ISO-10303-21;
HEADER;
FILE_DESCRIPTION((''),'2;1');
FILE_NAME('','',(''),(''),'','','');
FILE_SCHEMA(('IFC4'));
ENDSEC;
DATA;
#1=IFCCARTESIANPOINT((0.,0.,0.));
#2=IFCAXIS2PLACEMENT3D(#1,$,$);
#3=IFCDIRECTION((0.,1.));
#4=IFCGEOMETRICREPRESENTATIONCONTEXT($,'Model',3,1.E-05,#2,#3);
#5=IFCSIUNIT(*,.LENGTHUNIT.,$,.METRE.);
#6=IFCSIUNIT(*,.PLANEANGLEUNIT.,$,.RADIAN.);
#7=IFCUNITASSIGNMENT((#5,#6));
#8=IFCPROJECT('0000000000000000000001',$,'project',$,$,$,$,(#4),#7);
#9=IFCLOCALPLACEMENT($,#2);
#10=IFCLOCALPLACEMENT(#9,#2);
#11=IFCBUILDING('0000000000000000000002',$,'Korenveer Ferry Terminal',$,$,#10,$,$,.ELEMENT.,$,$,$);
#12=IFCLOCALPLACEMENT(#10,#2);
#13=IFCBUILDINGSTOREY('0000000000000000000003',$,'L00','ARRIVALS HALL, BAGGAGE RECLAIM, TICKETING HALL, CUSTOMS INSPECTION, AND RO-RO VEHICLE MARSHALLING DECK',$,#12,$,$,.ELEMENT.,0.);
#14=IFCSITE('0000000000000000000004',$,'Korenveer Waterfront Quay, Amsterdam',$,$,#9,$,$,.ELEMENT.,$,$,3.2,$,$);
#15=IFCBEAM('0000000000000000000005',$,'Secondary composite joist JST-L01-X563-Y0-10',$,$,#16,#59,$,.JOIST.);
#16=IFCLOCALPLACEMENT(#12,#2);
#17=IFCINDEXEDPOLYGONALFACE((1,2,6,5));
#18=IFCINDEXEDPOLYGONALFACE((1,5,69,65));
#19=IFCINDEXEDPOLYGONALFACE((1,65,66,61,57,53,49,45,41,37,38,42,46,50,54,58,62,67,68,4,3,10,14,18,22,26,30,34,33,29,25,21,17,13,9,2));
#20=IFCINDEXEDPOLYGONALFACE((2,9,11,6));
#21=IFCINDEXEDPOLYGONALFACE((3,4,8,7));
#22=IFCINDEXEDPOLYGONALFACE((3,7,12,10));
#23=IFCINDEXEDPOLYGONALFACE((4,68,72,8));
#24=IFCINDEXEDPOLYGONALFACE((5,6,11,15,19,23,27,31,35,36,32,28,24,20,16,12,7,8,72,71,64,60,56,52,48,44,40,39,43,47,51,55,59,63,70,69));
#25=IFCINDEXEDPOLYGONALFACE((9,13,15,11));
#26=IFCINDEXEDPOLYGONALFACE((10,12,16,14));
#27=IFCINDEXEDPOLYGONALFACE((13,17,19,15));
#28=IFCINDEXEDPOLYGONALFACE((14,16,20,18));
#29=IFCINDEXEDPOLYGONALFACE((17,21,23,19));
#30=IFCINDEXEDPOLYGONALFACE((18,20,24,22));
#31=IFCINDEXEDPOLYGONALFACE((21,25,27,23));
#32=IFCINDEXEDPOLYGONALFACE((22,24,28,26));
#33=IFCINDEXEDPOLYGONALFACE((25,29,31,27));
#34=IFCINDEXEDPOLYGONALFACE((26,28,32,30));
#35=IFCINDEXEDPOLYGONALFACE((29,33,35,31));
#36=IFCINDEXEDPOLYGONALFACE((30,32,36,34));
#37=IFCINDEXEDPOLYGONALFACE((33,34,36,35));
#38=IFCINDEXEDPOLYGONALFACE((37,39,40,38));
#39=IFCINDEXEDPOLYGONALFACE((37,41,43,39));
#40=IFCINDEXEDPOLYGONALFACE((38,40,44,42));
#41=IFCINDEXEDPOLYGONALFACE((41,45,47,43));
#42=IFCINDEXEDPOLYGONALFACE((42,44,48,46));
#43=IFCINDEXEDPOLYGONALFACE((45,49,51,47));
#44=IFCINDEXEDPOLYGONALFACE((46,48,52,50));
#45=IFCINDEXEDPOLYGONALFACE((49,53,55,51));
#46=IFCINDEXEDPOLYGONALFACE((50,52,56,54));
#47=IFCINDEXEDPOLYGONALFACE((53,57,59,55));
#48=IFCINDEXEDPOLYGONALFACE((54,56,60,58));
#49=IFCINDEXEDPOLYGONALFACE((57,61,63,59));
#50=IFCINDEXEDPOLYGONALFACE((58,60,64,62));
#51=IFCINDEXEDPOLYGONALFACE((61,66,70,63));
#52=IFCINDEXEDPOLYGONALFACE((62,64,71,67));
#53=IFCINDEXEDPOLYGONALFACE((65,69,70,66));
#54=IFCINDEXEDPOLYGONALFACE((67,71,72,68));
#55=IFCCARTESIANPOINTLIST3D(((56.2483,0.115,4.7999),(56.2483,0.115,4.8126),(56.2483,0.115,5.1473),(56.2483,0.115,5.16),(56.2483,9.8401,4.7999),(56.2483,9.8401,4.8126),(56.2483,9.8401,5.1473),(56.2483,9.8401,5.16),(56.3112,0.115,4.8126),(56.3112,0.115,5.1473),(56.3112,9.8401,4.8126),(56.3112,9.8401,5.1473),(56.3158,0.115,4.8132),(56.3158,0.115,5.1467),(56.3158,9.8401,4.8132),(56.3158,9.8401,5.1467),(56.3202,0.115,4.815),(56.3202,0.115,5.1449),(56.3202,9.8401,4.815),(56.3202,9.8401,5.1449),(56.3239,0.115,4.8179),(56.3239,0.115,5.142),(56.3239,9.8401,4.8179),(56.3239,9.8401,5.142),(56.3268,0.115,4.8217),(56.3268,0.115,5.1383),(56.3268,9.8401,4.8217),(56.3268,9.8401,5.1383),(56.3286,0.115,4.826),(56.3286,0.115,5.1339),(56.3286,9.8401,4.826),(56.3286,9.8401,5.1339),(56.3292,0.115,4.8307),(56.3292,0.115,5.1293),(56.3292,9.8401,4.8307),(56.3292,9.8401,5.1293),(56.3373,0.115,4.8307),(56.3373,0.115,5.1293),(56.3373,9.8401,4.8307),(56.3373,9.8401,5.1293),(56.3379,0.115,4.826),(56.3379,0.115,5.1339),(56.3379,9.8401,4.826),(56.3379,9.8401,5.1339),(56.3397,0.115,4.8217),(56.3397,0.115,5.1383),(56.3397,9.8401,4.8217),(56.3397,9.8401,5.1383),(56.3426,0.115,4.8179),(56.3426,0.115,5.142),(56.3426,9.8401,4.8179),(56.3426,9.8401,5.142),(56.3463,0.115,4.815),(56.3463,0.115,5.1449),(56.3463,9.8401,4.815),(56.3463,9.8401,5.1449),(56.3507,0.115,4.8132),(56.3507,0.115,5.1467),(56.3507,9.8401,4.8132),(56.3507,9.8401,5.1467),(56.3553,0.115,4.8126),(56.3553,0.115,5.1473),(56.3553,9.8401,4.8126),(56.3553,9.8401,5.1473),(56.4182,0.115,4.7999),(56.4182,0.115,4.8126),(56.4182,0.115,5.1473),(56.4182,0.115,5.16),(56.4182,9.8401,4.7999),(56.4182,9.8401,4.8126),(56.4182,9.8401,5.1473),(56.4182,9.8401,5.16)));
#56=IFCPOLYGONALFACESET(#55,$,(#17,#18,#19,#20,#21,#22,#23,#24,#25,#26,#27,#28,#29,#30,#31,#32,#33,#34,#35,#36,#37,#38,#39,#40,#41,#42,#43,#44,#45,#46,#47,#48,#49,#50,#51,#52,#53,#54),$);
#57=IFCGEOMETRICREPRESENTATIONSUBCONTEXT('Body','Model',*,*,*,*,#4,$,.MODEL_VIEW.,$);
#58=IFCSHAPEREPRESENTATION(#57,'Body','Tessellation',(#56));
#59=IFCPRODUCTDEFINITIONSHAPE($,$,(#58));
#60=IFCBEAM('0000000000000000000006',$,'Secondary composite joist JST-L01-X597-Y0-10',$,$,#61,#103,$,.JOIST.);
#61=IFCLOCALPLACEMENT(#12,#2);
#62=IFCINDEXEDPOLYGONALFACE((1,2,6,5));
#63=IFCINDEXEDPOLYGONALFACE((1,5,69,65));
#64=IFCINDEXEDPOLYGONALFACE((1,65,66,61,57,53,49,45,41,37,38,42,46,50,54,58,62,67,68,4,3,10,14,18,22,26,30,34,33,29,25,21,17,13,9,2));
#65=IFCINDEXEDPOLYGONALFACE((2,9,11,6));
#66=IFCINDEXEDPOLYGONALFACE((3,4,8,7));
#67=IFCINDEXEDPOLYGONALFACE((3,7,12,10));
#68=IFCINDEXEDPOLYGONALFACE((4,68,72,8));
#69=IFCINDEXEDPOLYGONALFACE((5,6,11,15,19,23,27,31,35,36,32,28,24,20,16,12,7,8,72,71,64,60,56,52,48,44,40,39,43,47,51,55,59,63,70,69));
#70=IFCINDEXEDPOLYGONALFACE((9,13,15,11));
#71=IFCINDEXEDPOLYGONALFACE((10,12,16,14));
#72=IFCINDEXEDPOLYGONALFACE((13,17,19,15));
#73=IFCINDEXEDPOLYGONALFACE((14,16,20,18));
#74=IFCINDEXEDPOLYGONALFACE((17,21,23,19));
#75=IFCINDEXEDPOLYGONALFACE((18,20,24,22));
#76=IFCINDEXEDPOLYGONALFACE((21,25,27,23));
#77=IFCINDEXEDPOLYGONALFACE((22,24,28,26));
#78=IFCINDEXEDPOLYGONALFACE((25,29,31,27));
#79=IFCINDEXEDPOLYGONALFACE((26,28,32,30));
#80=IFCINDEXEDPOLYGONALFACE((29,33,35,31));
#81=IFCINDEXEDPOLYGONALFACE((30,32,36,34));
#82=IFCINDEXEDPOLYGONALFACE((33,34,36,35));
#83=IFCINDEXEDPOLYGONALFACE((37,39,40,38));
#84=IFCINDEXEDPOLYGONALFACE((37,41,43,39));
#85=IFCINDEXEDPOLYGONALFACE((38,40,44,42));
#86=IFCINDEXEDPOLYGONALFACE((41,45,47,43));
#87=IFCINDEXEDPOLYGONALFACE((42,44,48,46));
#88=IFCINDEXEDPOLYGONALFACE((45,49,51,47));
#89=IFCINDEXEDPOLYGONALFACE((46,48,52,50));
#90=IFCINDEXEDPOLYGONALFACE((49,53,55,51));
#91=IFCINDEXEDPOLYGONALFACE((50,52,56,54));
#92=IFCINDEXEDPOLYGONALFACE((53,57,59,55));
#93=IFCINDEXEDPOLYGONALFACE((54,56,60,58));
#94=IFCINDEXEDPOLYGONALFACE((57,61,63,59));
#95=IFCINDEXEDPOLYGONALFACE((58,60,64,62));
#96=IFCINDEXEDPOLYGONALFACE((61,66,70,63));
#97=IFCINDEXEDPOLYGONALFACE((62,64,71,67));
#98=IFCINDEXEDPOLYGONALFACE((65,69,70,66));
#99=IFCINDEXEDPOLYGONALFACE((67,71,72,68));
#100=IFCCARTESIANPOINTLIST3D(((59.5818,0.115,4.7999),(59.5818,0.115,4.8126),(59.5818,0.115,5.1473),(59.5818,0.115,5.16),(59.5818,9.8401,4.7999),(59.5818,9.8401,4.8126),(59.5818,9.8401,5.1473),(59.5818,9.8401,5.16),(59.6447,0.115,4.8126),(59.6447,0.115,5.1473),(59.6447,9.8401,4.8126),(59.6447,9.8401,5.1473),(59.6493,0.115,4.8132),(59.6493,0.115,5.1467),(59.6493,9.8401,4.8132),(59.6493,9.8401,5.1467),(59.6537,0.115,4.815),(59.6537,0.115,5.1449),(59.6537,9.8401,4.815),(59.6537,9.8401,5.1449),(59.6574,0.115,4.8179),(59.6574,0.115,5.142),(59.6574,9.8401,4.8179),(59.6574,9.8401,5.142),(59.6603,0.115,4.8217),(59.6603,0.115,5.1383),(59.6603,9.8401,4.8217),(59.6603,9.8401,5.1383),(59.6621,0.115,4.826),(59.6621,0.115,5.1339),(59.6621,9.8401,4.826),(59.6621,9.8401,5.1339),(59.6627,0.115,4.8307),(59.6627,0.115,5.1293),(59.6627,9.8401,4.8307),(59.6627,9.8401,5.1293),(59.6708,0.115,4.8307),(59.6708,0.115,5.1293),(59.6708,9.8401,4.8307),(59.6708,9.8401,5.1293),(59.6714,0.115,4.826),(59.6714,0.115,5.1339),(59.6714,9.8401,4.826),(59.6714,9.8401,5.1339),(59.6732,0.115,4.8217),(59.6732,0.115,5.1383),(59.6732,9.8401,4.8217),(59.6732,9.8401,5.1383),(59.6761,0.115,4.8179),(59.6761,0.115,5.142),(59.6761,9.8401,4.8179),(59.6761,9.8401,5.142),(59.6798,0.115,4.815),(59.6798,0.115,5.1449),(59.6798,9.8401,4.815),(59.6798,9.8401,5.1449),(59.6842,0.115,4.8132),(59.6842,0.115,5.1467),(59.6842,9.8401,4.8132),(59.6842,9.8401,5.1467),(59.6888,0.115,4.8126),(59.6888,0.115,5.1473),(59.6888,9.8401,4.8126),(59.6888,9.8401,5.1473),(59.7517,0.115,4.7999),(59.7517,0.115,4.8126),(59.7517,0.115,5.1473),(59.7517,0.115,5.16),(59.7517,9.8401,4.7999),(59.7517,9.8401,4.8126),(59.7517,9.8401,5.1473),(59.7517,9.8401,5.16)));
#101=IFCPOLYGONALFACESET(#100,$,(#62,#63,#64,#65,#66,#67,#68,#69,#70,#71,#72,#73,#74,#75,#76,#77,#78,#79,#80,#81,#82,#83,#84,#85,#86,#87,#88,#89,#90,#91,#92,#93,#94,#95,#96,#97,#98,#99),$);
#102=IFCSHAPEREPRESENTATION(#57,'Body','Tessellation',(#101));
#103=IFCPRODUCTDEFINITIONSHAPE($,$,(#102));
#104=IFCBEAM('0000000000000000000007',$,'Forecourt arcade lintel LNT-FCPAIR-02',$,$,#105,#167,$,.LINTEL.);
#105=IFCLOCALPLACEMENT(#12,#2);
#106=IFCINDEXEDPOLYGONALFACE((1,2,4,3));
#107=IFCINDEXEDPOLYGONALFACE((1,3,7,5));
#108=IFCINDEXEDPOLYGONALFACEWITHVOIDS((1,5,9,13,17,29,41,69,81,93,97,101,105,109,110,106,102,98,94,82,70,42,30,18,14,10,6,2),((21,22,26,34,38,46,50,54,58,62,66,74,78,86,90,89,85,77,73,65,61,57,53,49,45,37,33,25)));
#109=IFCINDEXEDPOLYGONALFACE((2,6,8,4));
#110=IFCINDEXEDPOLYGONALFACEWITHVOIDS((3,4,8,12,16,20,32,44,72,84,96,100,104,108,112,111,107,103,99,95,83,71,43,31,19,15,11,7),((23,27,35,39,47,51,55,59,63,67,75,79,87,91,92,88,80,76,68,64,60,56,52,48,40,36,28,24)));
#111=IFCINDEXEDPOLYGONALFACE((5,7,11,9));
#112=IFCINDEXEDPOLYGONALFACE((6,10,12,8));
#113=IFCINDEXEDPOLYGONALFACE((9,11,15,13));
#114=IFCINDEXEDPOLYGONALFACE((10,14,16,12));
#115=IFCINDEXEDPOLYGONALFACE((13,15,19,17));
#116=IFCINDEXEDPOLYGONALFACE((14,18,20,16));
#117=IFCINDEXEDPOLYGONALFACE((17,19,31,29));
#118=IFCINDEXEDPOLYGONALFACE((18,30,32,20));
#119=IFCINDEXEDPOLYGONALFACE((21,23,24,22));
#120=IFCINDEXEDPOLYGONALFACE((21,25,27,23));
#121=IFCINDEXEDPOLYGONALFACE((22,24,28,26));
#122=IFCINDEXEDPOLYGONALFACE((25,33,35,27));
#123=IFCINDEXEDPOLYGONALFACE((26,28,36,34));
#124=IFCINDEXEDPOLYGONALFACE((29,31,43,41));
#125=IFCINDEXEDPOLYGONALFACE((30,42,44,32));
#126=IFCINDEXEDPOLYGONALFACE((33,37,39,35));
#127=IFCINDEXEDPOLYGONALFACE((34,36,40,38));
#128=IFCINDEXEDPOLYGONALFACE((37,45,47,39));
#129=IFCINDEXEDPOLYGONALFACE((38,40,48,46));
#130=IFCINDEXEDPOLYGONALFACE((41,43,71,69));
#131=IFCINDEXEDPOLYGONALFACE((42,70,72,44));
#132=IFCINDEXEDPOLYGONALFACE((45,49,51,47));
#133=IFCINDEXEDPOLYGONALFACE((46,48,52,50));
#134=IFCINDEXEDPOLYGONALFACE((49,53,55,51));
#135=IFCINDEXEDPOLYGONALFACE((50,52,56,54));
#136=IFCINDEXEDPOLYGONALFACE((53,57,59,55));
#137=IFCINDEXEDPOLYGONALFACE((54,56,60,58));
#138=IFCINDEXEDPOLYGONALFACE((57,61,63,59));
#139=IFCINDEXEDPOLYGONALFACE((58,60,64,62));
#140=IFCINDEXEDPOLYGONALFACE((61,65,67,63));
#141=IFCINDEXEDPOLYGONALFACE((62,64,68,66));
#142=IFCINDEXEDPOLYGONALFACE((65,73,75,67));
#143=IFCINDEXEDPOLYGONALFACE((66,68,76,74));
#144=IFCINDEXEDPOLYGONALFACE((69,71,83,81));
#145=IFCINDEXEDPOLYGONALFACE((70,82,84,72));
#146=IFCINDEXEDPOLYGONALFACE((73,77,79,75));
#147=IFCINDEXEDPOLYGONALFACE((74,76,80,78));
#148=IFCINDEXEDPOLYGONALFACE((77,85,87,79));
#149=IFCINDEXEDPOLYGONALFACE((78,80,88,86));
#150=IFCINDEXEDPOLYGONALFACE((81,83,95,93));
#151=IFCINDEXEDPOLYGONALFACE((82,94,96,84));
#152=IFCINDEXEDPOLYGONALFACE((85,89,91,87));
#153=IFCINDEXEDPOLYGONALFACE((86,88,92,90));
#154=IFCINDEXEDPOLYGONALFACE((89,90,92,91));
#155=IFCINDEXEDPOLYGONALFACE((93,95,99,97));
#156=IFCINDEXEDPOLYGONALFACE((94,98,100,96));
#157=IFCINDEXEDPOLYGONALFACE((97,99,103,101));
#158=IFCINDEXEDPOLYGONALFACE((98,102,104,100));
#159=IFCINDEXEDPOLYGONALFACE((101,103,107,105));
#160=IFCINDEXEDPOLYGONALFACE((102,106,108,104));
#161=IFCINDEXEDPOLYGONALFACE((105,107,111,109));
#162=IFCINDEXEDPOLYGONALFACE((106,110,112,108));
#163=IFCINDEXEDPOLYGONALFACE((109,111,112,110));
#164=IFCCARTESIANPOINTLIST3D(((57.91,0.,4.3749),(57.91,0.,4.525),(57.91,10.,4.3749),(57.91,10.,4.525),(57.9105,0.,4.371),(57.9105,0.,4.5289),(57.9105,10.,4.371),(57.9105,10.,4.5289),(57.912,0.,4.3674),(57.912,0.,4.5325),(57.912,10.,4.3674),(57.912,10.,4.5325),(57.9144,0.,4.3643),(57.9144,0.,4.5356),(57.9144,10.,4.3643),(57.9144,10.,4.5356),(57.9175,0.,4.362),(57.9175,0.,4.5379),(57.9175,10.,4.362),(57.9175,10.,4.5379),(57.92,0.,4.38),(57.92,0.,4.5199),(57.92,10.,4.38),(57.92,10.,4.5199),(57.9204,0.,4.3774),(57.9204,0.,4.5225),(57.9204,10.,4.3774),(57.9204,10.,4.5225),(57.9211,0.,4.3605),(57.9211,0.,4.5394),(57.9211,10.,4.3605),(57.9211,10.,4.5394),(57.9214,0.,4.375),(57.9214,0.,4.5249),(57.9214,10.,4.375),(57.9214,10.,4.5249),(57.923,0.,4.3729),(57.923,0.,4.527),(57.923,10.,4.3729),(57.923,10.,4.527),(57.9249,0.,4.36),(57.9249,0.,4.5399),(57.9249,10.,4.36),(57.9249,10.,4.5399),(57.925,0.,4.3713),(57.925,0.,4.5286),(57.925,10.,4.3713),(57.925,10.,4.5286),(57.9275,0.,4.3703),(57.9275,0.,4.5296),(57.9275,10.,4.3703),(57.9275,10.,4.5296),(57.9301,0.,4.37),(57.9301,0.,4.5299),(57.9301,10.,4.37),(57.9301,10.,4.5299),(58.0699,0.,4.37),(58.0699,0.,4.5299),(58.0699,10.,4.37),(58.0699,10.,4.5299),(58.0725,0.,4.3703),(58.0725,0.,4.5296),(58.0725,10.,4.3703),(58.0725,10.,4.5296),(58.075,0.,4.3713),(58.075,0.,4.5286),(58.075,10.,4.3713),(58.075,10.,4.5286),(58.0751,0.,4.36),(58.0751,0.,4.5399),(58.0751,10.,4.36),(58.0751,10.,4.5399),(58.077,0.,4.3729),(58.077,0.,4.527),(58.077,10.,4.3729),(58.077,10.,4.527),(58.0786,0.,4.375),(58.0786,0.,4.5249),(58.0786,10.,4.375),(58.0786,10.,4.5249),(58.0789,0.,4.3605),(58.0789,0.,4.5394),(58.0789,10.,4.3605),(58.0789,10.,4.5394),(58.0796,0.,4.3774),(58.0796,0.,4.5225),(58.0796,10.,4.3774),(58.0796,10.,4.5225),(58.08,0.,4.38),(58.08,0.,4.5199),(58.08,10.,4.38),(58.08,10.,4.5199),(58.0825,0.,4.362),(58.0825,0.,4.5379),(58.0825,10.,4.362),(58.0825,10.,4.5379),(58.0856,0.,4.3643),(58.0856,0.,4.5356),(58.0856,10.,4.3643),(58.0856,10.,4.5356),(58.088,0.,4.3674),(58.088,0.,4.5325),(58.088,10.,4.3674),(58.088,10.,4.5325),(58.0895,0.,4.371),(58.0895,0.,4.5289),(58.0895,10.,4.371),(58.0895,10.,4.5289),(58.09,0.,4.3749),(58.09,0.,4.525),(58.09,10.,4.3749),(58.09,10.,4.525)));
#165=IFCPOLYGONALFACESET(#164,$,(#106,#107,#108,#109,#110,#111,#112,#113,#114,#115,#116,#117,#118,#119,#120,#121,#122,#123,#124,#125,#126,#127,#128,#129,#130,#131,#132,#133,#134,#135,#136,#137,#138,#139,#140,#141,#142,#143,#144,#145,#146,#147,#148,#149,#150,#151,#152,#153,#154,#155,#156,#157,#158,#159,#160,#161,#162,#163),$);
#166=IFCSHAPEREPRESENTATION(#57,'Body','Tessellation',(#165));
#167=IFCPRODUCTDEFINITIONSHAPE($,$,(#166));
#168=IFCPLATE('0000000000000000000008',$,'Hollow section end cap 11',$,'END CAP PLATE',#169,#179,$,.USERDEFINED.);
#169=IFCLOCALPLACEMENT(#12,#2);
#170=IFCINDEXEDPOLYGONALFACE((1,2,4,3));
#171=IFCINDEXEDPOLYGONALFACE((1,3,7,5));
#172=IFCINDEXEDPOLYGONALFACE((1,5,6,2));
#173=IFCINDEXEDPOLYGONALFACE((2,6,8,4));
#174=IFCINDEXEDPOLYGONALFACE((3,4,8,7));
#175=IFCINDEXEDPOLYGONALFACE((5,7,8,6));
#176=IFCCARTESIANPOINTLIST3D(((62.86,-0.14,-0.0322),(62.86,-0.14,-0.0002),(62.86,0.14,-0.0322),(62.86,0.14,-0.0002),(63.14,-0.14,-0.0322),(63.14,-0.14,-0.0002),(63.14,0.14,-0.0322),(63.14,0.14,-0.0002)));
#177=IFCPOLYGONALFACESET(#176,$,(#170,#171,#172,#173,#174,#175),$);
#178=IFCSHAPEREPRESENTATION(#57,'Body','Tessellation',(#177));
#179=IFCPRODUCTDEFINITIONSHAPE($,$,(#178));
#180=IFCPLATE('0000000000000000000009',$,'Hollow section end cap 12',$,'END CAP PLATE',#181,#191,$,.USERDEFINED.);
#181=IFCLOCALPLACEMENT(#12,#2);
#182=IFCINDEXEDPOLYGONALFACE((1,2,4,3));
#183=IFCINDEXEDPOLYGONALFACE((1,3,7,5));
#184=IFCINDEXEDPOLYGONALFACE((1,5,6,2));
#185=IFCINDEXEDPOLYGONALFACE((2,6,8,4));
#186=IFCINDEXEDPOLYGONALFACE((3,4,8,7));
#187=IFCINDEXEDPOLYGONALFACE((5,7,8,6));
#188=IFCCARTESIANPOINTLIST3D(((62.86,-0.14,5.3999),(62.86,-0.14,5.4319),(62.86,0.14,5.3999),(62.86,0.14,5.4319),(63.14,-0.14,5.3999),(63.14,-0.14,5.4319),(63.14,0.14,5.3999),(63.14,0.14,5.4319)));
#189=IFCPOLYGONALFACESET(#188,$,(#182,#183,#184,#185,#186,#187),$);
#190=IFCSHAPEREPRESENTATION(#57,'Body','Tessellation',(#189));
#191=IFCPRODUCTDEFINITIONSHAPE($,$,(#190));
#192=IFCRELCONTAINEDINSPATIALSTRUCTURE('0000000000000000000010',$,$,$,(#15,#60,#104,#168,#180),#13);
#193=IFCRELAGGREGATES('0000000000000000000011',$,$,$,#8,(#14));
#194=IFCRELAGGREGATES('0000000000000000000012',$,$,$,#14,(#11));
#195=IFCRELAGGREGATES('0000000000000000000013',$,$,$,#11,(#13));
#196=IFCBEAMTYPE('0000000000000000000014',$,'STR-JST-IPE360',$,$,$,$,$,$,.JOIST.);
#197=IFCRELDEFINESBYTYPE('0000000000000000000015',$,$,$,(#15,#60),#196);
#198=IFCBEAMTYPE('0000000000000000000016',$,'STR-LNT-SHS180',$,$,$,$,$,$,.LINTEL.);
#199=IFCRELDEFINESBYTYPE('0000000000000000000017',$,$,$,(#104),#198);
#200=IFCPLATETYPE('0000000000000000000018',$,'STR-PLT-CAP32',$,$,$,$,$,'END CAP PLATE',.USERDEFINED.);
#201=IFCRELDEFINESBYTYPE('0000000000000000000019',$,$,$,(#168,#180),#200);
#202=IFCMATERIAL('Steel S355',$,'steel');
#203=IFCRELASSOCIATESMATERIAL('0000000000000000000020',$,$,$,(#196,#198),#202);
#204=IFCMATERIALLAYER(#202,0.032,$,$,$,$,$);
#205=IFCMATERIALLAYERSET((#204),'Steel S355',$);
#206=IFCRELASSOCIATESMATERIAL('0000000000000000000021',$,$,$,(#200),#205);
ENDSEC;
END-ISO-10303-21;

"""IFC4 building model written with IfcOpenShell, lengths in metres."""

from ifc_helpers import new_model, si_unit, direction, frame, origin, origin_2d, place, context, subcontext, project, spatial, rectangle, hollow_rectangle, i_section, extrude, material, layer, layer_set, material_profile, profile_set, type_object, element, save


model = new_model("IFC4")

# Units and contexts
model_context = context("Model", 3, precision=1e-05, world=origin(), true_north=direction((0.0, 1.0)))
body_context = subcontext(model_context, "Body", "Model", "MODEL_VIEW")
ifc_project = project(units=[si_unit("LENGTHUNIT", "METRE"), si_unit("PLANEANGLEUNIT", "RADIAN")], contexts=[model_context])

# Site, building, storey
site_placement = place(None, origin())
site = spatial("IfcSite", under=ifc_project, at=site_placement, Name="Korenveer Waterfront Quay, Amsterdam", CompositionType="ELEMENT", RefElevation=3.2)
building_placement = place(site_placement, origin())
building = spatial("IfcBuilding", under=site, at=building_placement, Name="Korenveer Ferry Terminal", CompositionType="ELEMENT")
storey_placement = place(building_placement, origin())
storey = spatial("IfcBuildingStorey", under=building, at=storey_placement, Name="L00", Description="ARRIVALS HALL, BAGGAGE RECLAIM, TICKETING HALL, CUSTOMS INSPECTION, AND RO-RO VEHICLE MARSHALLING DECK", CompositionType="ELEMENT", Elevation=0.0)

# Shared definitions
ifc_material_1 = material(Name="Steel S355", Category="steel")

# Beams
ifc_material_profile_1 = material_profile(ifc_material_1, i_section(OverallWidth=0.1699, OverallDepth=0.3601, WebThickness=0.0081, FlangeThickness=0.0127, FilletRadius=0.0181, at=origin_2d()), Name="IPE 360")
ifc_profile_set_1 = profile_set([ifc_material_profile_1], Name="Steel S355")
beam_type_1 = type_object("IfcBeamType", Name="STR-JST-IPE360", PredefinedType="JOIST", material=ifc_profile_set_1)
for number, where, z_axis, x_axis, name in (
    (1, (56.3333, 0.115, 4.98), (0.0, 1.0, 0.0), (-1.0, 0.0, 0.0), "Secondary composite joist JST-L01-X563-Y0-10"),
    (2, (59.6667, 0.115, 4.98), (0.0, 1.0, 0.0), (-1.0, 0.0, 0.0), "Secondary composite joist JST-L01-X597-Y0-10"),
):
    element("IfcBeam", number, at=place(storey_placement, frame(where, z_axis=z_axis, x_axis=x_axis)), inside=storey, type_object=beam_type_1, Name=name, PredefinedType="JOIST", context=body_context, shape_type="SweptSolid", body=[
        extrude(i_section(OverallWidth=0.1699, OverallDepth=0.3601, WebThickness=0.0081, FlangeThickness=0.0127, FilletRadius=0.0181, at=origin_2d()), origin(), (0.0, 0.0, 1.0), 9.7251),
    ])
ifc_material_profile_2 = material_profile(ifc_material_1, hollow_rectangle(XDim=0.1799, YDim=0.1799, WallThickness=0.01, InnerFilletRadius=0.01, OuterFilletRadius=0.0149, at=origin_2d()), Name="SHS 180x180x10")
ifc_profile_set_2 = profile_set([ifc_material_profile_2], Name="Steel S355")
beam_type_2 = type_object("IfcBeamType", Name="STR-LNT-SHS180", PredefinedType="LINTEL", material=ifc_profile_set_2)
beam_1_placement = place(storey_placement, frame((58.0, 0.0, 4.45), z_axis=(0.0, 1.0, 0.0), x_axis=(-1.0, 0.0, 0.0)))
element("IfcBeam", 3, at=beam_1_placement, inside=storey, type_object=beam_type_2, Name="Forecourt arcade lintel LNT-FCPAIR-02", PredefinedType="LINTEL", context=body_context, shape_type="SweptSolid", body=[
    extrude(hollow_rectangle(XDim=0.1799, YDim=0.1799, WallThickness=0.01, InnerFilletRadius=0.01, OuterFilletRadius=0.0149, at=origin_2d()), origin(), (0.0, 0.0, 1.0), 10.0),
])

# Plates
ifc_layer = layer(ifc_material_1, 0.032)
ifc_layer_set = layer_set([ifc_layer], Name="Steel S355")
plate_type = type_object("IfcPlateType", Name="STR-PLT-CAP32", ElementType="END CAP PLATE", PredefinedType="USERDEFINED", material=ifc_layer_set)
for number, where, z_axis, x_axis, name in (
    (4, (63.0, 0.0, -0.0322), (0.0, 0.0, 1.0), (1.0, 0.0, 0.0), "Hollow section end cap 11"),
    (5, (63.0, 0.0, 5.3999), (0.0, 0.0, 1.0), (1.0, 0.0, 0.0), "Hollow section end cap 12"),
):
    element("IfcPlate", number, at=place(storey_placement, frame(where, z_axis=z_axis, x_axis=x_axis)), inside=storey, type_object=plate_type, Name=name, ObjectType="END CAP PLATE", PredefinedType="USERDEFINED", context=body_context, shape_type="SweptSolid", body=[
        extrude(rectangle(XDim=0.28, YDim=0.28, at=origin_2d()), origin(), (0.0, 0.0, 1.0), 0.032),
    ])

save(model, "model.ifc")
